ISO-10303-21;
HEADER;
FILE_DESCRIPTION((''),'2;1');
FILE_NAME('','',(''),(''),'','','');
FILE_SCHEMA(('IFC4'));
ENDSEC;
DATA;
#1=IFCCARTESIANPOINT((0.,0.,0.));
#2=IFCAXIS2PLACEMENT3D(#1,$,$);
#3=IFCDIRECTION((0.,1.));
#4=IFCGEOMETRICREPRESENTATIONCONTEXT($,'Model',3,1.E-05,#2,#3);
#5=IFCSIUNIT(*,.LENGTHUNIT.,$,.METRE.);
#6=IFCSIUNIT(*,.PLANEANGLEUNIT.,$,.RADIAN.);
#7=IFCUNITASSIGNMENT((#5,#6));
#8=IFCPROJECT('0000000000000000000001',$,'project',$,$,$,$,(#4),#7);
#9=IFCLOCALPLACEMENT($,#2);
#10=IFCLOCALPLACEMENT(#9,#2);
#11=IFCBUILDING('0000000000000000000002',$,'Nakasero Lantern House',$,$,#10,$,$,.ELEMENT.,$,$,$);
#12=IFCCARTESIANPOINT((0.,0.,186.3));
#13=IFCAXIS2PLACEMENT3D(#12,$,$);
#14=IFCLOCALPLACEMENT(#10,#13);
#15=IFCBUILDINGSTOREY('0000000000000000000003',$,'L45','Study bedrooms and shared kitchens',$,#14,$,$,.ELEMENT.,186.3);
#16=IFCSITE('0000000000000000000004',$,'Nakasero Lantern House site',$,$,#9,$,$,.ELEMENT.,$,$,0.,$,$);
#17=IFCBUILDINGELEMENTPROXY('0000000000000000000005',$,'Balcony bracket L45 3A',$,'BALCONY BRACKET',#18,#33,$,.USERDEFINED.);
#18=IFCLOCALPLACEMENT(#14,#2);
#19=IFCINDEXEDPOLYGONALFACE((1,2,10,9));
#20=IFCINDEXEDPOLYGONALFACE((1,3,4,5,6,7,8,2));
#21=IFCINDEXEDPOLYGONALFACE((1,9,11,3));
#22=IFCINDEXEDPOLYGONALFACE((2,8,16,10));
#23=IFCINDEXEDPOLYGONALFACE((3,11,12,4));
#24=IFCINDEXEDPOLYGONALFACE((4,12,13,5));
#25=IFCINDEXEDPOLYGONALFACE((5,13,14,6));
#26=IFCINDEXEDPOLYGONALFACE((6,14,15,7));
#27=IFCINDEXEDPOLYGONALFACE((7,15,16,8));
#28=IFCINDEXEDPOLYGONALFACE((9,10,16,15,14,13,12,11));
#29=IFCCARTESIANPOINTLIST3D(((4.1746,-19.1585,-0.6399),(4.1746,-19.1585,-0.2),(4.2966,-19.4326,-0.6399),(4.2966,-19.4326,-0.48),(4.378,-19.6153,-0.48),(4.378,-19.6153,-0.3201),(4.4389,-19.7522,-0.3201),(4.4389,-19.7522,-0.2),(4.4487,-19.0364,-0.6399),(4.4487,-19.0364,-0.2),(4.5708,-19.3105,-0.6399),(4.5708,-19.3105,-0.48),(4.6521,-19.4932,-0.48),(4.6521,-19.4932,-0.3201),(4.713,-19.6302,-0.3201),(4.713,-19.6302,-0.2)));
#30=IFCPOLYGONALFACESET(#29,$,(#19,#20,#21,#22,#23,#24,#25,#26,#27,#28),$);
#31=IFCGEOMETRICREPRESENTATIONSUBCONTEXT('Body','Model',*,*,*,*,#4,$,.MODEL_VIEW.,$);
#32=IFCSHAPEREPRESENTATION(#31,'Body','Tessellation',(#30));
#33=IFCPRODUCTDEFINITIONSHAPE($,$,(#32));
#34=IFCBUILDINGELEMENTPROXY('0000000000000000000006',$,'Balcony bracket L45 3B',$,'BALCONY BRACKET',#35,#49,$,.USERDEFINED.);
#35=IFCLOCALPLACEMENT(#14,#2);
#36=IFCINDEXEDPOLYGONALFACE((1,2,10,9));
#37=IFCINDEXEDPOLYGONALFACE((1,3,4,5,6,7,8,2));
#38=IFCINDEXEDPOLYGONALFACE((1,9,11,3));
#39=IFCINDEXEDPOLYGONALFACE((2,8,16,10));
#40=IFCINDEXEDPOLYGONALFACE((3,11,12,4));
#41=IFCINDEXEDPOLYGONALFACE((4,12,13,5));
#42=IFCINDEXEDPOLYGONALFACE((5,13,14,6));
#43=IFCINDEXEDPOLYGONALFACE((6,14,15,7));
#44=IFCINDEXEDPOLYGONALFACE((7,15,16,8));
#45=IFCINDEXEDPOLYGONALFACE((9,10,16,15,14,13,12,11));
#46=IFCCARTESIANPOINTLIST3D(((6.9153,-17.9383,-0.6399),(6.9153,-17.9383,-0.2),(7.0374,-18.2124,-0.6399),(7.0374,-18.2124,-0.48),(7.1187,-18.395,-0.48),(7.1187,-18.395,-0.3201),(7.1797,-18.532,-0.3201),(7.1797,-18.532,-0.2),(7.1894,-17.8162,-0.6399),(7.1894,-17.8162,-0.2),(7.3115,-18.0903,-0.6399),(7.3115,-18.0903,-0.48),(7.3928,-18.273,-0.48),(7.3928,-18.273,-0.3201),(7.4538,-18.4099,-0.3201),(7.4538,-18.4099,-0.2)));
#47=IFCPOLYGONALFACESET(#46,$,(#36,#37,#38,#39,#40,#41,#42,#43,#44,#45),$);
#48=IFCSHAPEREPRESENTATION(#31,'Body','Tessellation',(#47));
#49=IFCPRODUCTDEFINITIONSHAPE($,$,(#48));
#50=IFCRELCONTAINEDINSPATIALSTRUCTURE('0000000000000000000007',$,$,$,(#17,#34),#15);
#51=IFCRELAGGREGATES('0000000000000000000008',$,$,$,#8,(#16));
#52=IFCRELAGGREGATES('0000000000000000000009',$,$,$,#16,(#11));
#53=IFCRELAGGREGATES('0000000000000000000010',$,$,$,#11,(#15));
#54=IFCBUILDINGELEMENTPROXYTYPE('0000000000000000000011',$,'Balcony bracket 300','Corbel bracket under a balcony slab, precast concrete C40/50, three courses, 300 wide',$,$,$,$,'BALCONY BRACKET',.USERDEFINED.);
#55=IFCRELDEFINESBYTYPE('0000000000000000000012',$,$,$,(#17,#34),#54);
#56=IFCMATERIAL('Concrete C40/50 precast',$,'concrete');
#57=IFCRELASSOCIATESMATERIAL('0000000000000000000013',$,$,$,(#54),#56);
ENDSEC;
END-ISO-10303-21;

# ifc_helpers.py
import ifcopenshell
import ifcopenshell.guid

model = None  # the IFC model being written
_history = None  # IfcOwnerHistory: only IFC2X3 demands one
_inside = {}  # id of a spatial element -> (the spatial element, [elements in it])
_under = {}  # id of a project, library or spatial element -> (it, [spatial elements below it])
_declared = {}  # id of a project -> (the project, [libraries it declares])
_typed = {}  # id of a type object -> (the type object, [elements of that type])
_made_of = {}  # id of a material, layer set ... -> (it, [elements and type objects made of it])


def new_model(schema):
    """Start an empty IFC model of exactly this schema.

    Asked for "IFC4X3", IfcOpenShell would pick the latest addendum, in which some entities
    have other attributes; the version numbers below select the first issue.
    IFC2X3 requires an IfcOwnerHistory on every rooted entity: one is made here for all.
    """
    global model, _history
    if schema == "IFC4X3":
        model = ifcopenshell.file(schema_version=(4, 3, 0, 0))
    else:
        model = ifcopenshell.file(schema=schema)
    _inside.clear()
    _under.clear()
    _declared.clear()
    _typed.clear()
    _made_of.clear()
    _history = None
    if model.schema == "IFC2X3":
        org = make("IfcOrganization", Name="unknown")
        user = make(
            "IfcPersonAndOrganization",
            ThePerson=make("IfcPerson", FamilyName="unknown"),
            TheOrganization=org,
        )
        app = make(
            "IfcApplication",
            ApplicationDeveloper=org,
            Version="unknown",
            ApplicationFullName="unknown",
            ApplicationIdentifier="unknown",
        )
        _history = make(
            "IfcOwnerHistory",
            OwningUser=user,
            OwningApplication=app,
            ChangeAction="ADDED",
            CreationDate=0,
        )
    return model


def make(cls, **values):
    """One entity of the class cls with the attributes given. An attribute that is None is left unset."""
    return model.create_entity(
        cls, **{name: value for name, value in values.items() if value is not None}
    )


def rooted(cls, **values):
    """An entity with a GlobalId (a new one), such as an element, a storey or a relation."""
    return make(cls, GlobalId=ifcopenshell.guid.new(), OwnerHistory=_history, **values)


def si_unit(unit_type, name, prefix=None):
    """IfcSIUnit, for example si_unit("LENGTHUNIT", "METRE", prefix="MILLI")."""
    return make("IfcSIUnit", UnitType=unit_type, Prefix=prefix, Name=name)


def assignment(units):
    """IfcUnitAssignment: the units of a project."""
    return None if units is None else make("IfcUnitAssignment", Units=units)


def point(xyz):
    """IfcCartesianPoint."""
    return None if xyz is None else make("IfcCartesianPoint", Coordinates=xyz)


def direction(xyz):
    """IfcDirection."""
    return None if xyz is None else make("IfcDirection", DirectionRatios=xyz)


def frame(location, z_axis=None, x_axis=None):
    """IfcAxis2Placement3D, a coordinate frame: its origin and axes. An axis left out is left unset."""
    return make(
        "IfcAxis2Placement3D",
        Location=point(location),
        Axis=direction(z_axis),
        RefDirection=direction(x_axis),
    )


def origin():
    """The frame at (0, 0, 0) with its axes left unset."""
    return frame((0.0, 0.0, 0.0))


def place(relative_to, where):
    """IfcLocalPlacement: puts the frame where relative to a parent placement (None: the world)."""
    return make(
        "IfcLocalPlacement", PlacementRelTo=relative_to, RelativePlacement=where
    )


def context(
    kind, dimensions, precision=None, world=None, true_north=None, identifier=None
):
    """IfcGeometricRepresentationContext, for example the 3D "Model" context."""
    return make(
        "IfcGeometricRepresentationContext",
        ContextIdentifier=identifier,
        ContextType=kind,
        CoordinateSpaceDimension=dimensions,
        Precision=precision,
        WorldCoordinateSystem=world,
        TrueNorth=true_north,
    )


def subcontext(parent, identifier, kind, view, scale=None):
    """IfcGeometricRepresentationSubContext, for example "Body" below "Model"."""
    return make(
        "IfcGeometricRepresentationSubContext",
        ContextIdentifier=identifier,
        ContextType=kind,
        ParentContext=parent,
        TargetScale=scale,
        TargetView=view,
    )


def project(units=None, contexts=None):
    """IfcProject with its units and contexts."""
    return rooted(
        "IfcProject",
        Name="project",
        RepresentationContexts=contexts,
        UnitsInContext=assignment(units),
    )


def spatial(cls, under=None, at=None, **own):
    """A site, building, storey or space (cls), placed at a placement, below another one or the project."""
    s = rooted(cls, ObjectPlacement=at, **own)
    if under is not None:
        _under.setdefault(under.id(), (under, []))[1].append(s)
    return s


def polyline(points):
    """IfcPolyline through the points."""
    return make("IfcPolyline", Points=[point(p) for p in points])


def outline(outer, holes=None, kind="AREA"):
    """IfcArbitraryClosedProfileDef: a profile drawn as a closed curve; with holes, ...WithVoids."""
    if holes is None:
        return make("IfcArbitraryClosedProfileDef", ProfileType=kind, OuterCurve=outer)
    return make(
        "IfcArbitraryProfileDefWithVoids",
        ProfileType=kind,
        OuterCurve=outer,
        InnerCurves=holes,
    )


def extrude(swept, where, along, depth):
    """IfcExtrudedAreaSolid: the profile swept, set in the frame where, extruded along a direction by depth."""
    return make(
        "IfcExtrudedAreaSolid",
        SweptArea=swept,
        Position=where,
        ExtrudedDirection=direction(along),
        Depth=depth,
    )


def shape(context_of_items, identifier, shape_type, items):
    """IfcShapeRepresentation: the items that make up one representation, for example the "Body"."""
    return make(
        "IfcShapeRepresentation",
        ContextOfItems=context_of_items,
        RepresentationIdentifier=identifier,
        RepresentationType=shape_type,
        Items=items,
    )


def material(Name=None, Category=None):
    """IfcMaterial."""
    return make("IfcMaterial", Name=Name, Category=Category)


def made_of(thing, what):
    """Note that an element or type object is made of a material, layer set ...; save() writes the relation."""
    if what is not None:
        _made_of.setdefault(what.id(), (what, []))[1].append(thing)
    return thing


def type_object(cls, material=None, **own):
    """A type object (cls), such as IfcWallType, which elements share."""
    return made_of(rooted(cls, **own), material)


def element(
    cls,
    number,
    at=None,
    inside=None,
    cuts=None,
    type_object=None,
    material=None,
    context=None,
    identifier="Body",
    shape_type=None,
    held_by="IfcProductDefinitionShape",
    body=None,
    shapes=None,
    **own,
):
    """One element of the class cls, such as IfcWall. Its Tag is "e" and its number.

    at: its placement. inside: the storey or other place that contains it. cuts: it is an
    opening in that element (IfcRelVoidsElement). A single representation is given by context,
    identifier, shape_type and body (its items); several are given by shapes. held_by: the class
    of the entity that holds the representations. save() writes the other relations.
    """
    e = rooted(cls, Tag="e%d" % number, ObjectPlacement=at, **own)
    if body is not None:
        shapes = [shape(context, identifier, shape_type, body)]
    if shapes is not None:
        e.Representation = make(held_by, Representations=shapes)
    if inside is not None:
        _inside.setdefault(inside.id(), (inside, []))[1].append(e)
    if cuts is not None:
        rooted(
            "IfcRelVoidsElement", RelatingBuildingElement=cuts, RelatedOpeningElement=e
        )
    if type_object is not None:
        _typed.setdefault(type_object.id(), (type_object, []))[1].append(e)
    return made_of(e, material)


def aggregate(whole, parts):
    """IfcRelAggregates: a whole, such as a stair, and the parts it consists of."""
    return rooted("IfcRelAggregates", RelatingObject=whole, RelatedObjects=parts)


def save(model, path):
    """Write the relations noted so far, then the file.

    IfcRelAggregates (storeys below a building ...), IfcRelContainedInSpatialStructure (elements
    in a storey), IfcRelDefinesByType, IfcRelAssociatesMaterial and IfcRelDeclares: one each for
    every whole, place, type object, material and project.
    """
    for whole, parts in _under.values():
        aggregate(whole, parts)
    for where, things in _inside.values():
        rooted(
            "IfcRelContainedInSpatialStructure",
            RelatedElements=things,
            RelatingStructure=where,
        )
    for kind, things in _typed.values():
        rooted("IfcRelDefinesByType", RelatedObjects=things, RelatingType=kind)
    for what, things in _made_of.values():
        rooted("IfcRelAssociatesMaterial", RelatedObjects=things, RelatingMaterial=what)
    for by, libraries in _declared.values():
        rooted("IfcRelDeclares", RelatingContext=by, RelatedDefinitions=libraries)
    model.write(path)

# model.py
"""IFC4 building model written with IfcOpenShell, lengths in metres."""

from ifc_helpers import new_model, si_unit, direction, frame, origin, place, context, subcontext, project, spatial, polyline, outline, extrude, material, type_object, element, save


model = new_model("IFC4")

# Units and contexts
model_context = context("Model", 3, precision=1e-05, world=origin(), true_north=direction((0.0, 1.0)))
body_context = subcontext(model_context, "Body", "Model", "MODEL_VIEW")
ifc_project = project(units=[si_unit("LENGTHUNIT", "METRE"), si_unit("PLANEANGLEUNIT", "RADIAN")], contexts=[model_context])

# Site, building, storey
site_placement = place(None, origin())
site = spatial("IfcSite", under=ifc_project, at=site_placement, Name="Nakasero Lantern House site", CompositionType="ELEMENT", RefElevation=0.0)
building_placement = place(site_placement, origin())
building = spatial("IfcBuilding", under=site, at=building_placement, Name="Nakasero Lantern House", CompositionType="ELEMENT")
storey_placement = place(building_placement, frame((0.0, 0.0, 186.3)))
storey = spatial("IfcBuildingStorey", under=building, at=storey_placement, Name="L45", Description="Study bedrooms and shared kitchens", CompositionType="ELEMENT", Elevation=186.3)

# Building element proxies
ifc_material_1 = material(Name="Concrete C40/50 precast", Category="concrete")
building_element_proxy_type = type_object("IfcBuildingElementProxyType", Name="Balcony bracket 300", Description="Corbel bracket under a balcony slab, precast concrete C40/50, three courses, 300 wide", ElementType="BALCONY BRACKET", PredefinedType="USERDEFINED", material=ifc_material_1)
for number, where, z_axis, x_axis, name in (
    (1, (4.3118, -19.0974, -0.2), (0.0, 0.0, 1.0), (0.406737, -0.913545, 0.0), "Balcony bracket L45 3A"),
    (2, (7.0525, -17.8772, -0.2), (0.0, 0.0, 1.0), (0.406737, -0.913545, 0.0), "Balcony bracket L45 3B"),
):
    element("IfcBuildingElementProxy", number, at=place(storey_placement, frame(where, z_axis=z_axis, x_axis=x_axis)), inside=storey, type_object=building_element_proxy_type, Name=name, ObjectType="BALCONY BRACKET", PredefinedType="USERDEFINED", context=body_context, shape_type="SweptSolid", body=[
        extrude(outline(polyline([(0.0, 0.0), (0.6499, 0.0), (0.6499, -0.1201), (0.5, -0.1201), (0.5, -0.28), (0.3, -0.28), (0.3, -0.4399), (0.0, -0.4399), (0.0, 0.0)])), frame((0.0, 0.1499, 0.0), z_axis=(0.0, -1.0, 0.0), x_axis=(1.0, 0.0, 0.0)), (0.0, 0.0, 1.0), 0.3),
    ])

save(model, "model.ifc")
